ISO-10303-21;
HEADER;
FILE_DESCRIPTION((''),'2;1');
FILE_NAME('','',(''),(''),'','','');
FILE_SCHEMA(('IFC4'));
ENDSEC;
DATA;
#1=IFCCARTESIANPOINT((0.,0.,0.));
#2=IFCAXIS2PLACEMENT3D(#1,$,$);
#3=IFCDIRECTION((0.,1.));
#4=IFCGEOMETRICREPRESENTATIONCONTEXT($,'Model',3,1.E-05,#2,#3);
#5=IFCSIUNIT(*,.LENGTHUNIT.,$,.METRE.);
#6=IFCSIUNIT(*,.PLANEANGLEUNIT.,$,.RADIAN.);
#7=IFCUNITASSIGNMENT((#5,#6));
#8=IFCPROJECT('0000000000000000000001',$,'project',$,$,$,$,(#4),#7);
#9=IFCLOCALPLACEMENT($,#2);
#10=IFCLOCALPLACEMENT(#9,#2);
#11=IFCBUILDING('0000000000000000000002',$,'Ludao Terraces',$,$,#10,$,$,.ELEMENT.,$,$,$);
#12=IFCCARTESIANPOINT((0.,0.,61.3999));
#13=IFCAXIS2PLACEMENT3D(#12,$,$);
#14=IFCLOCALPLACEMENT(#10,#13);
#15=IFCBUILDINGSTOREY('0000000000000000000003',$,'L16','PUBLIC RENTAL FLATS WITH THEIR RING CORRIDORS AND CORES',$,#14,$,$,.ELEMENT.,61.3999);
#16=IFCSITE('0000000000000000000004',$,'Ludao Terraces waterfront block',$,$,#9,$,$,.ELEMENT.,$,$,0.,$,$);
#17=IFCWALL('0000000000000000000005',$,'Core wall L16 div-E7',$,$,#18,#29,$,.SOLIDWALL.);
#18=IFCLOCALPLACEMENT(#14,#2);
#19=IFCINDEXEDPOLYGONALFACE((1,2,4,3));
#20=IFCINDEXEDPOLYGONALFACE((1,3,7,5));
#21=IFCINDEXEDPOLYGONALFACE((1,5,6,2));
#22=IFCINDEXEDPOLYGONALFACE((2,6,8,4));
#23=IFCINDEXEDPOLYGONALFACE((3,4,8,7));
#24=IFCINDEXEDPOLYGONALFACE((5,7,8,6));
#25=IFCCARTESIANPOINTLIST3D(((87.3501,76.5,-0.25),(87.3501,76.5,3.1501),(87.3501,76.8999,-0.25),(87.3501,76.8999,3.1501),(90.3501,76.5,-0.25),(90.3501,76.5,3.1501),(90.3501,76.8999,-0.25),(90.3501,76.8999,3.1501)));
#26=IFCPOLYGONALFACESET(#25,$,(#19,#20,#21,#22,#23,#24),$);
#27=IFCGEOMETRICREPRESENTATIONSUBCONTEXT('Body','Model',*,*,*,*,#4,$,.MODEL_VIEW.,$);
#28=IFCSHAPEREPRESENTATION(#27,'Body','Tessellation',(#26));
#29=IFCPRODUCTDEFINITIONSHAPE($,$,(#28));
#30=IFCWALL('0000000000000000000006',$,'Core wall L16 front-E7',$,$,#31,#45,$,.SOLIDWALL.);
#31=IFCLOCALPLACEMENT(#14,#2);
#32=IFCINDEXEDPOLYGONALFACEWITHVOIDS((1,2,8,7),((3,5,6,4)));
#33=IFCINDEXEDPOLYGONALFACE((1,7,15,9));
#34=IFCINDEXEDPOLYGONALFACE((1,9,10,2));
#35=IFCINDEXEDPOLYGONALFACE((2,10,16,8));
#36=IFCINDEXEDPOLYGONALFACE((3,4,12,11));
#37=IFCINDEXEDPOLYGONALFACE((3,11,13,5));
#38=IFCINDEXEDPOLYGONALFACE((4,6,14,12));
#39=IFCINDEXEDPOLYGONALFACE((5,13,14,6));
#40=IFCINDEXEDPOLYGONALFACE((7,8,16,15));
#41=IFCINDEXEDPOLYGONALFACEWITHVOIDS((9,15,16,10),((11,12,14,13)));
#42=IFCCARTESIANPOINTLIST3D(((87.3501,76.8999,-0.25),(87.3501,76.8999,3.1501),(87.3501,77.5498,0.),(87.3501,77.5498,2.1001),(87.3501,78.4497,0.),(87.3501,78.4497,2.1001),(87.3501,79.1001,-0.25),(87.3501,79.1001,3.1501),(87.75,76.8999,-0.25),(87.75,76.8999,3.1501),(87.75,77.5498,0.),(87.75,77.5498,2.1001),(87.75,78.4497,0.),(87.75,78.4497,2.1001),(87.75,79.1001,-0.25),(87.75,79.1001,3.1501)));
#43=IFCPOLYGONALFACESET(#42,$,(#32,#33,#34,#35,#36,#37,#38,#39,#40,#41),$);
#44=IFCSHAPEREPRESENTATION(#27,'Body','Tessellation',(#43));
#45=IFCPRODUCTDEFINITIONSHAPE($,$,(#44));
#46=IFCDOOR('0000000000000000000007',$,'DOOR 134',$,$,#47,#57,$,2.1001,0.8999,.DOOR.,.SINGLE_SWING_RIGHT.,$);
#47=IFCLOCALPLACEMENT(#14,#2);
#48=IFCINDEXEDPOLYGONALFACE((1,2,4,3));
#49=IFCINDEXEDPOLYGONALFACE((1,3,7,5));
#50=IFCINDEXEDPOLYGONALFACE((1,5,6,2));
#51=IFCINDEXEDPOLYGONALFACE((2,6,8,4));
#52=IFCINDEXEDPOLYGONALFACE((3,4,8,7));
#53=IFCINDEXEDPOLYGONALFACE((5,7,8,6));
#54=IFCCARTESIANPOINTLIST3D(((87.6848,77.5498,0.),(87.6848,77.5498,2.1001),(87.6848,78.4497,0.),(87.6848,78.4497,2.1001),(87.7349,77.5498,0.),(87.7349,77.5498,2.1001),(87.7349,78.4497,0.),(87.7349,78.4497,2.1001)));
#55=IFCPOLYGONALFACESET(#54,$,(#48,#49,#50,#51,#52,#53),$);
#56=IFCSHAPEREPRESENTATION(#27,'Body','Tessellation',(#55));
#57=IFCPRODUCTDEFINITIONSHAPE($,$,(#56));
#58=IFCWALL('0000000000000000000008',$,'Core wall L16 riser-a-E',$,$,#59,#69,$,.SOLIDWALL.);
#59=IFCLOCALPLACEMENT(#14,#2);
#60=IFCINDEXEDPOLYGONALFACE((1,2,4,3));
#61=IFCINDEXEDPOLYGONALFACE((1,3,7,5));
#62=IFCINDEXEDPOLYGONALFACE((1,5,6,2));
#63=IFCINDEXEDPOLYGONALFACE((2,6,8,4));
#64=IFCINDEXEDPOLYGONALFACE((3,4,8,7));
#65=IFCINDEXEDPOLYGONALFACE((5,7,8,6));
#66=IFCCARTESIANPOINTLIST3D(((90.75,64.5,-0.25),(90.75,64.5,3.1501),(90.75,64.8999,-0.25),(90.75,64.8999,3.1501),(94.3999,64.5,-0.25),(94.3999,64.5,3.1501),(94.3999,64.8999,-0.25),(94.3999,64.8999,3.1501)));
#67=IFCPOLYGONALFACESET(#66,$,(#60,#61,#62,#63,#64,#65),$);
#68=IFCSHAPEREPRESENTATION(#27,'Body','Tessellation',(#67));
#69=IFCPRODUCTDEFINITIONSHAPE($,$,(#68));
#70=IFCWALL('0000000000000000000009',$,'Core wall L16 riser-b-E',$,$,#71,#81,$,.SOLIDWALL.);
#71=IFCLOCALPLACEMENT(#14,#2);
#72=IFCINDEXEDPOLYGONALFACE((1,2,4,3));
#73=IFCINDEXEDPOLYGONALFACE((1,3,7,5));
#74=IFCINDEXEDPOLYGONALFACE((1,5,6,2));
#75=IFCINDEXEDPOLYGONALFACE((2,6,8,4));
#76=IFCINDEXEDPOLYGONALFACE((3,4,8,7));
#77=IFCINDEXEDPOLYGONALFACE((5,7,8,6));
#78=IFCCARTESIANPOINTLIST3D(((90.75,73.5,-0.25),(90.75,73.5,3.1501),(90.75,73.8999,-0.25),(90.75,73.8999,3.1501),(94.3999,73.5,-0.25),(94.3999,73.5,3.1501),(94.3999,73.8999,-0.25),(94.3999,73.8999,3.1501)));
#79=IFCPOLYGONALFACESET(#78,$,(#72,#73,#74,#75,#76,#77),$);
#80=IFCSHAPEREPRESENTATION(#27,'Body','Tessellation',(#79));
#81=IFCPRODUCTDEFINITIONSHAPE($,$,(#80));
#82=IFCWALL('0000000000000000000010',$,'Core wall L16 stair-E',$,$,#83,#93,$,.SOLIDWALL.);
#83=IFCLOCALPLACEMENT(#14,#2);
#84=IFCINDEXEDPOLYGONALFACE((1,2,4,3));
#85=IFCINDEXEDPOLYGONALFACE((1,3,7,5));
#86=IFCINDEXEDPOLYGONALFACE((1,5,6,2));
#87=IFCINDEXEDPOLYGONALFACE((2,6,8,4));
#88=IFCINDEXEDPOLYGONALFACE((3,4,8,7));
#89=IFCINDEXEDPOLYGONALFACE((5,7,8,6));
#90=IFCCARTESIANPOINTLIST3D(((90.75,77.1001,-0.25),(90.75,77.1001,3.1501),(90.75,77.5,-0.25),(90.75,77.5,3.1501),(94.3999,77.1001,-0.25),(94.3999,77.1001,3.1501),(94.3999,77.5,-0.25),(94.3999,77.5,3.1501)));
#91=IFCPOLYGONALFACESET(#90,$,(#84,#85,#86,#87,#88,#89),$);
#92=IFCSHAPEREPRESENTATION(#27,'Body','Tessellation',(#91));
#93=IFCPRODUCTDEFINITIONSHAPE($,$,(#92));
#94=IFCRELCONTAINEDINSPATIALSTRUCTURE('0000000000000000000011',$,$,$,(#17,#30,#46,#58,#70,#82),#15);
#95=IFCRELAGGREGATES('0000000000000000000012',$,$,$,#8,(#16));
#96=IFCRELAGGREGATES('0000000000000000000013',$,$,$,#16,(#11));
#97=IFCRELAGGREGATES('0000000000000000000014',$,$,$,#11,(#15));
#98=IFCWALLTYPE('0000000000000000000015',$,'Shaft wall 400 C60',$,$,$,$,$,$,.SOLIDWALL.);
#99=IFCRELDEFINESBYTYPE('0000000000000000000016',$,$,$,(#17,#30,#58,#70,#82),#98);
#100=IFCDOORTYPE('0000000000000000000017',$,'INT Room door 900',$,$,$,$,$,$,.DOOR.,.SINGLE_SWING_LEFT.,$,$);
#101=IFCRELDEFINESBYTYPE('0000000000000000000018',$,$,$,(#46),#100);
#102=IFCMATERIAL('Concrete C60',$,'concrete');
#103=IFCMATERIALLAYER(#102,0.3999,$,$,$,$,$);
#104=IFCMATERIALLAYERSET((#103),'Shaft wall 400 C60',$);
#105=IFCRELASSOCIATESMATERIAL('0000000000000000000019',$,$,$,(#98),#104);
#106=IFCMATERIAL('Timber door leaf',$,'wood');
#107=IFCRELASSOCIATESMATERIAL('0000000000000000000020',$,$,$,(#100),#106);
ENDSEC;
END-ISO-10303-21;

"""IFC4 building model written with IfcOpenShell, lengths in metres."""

from ifc_helpers import new_model, si_unit, direction, frame, frame_2d, origin, place, context, subcontext, project, spatial, rectangle, extrude, material, layer, layer_set, type_object, element, fill, save


model = new_model("IFC4")

# Units and contexts
model_context = context("Model", 3, precision=1e-05, world=origin(), true_north=direction((0.0, 1.0)))
body_context = subcontext(model_context, "Body", "Model", "MODEL_VIEW")
ifc_project = project(units=[si_unit("LENGTHUNIT", "METRE"), si_unit("PLANEANGLEUNIT", "RADIAN")], contexts=[model_context])

# Site, building, storey
site_placement = place(None, origin())
site = spatial("IfcSite", under=ifc_project, at=site_placement, Name="Ludao Terraces waterfront block", CompositionType="ELEMENT", RefElevation=0.0)
building_placement = place(site_placement, origin())
building = spatial("IfcBuilding", under=site, at=building_placement, Name="Ludao Terraces", CompositionType="ELEMENT")
storey_placement = place(building_placement, frame((0.0, 0.0, 61.3999)))
storey = spatial("IfcBuildingStorey", under=building, at=storey_placement, Name="L16", Description="PUBLIC RENTAL FLATS WITH THEIR RING CORRIDORS AND CORES", CompositionType="ELEMENT", Elevation=61.3999)

# Shared definitions
ifc_material_1 = material(Name="Concrete C60", Category="concrete")
ifc_layer_1 = layer(ifc_material_1, 0.3999)
ifc_layer_set_1 = layer_set([ifc_layer_1], Name="Shaft wall 400 C60")
wall_type_1 = type_object("IfcWallType", Name="Shaft wall 400 C60", PredefinedType="SOLIDWALL", material=ifc_layer_set_1)

# Shared definitions
ifc_material_2 = material(Name="Timber door leaf", Category="wood")
door_type_1 = type_object("IfcDoorType", Name="INT Room door 900", OperationType="SINGLE_SWING_LEFT", PredefinedType="DOOR", material=ifc_material_2)

# Wall
wall_1_placement = place(storey_placement, frame((87.3501, 76.7, -0.25), z_axis=(0.0, 0.0, 1.0), x_axis=(1.0, 0.0, 0.0)))
element("IfcWall", 1, at=wall_1_placement, inside=storey, type_object=wall_type_1, Name="Core wall L16 div-E7", PredefinedType="SOLIDWALL", context=body_context, shape_type="SweptSolid", body=[
    extrude(rectangle(XDim=3.0, YDim=0.3999, at=frame_2d((1.5, 0.0))), origin(), (0.0, 0.0, 1.0), 3.4001),
])

# Wall, opening, door
wall_2_placement = place(storey_placement, frame((87.55, 76.8999, -0.25), z_axis=(0.0, 0.0, 1.0), x_axis=(0.0, 1.0, 0.0)))
wall_2 = element("IfcWall", 2, at=wall_2_placement, inside=storey, type_object=wall_type_1, Name="Core wall L16 front-E7", PredefinedType="SOLIDWALL", context=body_context, shape_type="SweptSolid", body=[
    extrude(rectangle(XDim=2.2002, YDim=0.3999, at=frame_2d((1.1001, 0.0))), origin(), (0.0, 0.0, 1.0), 3.4001),
])
opening_1_placement = place(wall_2_placement, frame((0.6499, 0.0, 0.25)))
opening_1 = element("IfcOpeningElement", 3, at=opening_1_placement, cuts=wall_2, PredefinedType="OPENING", context=body_context, shape_type="SweptSolid", body=[
    extrude(rectangle(XDim=0.8999, YDim=2.1001, at=frame_2d((0.45, 1.05))), frame((0.0, 0.21, 0.0), z_axis=(0.0, -1.0, 0.0), x_axis=(1.0, 0.0, 0.0)), (0.0, 0.0, 1.0), 0.4199),
])
door_1_placement = place(opening_1_placement, origin())
door_1 = element("IfcDoor", 4, at=door_1_placement, inside=storey, type_object=door_type_1, Name="DOOR 134", OperationType="SINGLE_SWING_RIGHT", OverallHeight=2.1001, OverallWidth=0.8999, PredefinedType="DOOR", context=body_context, shape_type="SweptSolid", body=[
    extrude(rectangle(XDim=0.8999, YDim=2.1001, at=frame_2d((0.45, 1.05))), frame((0.0, -0.1348, 0.0), z_axis=(0.0, -1.0, 0.0), x_axis=(1.0, 0.0, 0.0)), (0.0, 0.0, 1.0), 0.05),
])
fill(opening_1, door_1)

# Walls
for number, where, z_axis, x_axis, name in (
    (5, (90.75, 64.7, -0.25), (0.0, 0.0, 1.0), (1.0, 0.0, 0.0), "Core wall L16 riser-a-E"),
    (6, (90.75, 73.7, -0.25), (0.0, 0.0, 1.0), (1.0, 0.0, 0.0), "Core wall L16 riser-b-E"),
    (7, (90.75, 77.3, -0.25), (0.0, 0.0, 1.0), (1.0, 0.0, 0.0), "Core wall L16 stair-E"),
):
    element("IfcWall", number, at=place(storey_placement, frame(where, z_axis=z_axis, x_axis=x_axis)), inside=storey, type_object=wall_type_1, Name=name, PredefinedType="SOLIDWALL", context=body_context, shape_type="SweptSolid", body=[
        extrude(rectangle(XDim=3.6499, YDim=0.3999, at=frame_2d((1.825, 0.0))), origin(), (0.0, 0.0, 1.0), 3.4001),
    ])

save(model, "model.ifc")
